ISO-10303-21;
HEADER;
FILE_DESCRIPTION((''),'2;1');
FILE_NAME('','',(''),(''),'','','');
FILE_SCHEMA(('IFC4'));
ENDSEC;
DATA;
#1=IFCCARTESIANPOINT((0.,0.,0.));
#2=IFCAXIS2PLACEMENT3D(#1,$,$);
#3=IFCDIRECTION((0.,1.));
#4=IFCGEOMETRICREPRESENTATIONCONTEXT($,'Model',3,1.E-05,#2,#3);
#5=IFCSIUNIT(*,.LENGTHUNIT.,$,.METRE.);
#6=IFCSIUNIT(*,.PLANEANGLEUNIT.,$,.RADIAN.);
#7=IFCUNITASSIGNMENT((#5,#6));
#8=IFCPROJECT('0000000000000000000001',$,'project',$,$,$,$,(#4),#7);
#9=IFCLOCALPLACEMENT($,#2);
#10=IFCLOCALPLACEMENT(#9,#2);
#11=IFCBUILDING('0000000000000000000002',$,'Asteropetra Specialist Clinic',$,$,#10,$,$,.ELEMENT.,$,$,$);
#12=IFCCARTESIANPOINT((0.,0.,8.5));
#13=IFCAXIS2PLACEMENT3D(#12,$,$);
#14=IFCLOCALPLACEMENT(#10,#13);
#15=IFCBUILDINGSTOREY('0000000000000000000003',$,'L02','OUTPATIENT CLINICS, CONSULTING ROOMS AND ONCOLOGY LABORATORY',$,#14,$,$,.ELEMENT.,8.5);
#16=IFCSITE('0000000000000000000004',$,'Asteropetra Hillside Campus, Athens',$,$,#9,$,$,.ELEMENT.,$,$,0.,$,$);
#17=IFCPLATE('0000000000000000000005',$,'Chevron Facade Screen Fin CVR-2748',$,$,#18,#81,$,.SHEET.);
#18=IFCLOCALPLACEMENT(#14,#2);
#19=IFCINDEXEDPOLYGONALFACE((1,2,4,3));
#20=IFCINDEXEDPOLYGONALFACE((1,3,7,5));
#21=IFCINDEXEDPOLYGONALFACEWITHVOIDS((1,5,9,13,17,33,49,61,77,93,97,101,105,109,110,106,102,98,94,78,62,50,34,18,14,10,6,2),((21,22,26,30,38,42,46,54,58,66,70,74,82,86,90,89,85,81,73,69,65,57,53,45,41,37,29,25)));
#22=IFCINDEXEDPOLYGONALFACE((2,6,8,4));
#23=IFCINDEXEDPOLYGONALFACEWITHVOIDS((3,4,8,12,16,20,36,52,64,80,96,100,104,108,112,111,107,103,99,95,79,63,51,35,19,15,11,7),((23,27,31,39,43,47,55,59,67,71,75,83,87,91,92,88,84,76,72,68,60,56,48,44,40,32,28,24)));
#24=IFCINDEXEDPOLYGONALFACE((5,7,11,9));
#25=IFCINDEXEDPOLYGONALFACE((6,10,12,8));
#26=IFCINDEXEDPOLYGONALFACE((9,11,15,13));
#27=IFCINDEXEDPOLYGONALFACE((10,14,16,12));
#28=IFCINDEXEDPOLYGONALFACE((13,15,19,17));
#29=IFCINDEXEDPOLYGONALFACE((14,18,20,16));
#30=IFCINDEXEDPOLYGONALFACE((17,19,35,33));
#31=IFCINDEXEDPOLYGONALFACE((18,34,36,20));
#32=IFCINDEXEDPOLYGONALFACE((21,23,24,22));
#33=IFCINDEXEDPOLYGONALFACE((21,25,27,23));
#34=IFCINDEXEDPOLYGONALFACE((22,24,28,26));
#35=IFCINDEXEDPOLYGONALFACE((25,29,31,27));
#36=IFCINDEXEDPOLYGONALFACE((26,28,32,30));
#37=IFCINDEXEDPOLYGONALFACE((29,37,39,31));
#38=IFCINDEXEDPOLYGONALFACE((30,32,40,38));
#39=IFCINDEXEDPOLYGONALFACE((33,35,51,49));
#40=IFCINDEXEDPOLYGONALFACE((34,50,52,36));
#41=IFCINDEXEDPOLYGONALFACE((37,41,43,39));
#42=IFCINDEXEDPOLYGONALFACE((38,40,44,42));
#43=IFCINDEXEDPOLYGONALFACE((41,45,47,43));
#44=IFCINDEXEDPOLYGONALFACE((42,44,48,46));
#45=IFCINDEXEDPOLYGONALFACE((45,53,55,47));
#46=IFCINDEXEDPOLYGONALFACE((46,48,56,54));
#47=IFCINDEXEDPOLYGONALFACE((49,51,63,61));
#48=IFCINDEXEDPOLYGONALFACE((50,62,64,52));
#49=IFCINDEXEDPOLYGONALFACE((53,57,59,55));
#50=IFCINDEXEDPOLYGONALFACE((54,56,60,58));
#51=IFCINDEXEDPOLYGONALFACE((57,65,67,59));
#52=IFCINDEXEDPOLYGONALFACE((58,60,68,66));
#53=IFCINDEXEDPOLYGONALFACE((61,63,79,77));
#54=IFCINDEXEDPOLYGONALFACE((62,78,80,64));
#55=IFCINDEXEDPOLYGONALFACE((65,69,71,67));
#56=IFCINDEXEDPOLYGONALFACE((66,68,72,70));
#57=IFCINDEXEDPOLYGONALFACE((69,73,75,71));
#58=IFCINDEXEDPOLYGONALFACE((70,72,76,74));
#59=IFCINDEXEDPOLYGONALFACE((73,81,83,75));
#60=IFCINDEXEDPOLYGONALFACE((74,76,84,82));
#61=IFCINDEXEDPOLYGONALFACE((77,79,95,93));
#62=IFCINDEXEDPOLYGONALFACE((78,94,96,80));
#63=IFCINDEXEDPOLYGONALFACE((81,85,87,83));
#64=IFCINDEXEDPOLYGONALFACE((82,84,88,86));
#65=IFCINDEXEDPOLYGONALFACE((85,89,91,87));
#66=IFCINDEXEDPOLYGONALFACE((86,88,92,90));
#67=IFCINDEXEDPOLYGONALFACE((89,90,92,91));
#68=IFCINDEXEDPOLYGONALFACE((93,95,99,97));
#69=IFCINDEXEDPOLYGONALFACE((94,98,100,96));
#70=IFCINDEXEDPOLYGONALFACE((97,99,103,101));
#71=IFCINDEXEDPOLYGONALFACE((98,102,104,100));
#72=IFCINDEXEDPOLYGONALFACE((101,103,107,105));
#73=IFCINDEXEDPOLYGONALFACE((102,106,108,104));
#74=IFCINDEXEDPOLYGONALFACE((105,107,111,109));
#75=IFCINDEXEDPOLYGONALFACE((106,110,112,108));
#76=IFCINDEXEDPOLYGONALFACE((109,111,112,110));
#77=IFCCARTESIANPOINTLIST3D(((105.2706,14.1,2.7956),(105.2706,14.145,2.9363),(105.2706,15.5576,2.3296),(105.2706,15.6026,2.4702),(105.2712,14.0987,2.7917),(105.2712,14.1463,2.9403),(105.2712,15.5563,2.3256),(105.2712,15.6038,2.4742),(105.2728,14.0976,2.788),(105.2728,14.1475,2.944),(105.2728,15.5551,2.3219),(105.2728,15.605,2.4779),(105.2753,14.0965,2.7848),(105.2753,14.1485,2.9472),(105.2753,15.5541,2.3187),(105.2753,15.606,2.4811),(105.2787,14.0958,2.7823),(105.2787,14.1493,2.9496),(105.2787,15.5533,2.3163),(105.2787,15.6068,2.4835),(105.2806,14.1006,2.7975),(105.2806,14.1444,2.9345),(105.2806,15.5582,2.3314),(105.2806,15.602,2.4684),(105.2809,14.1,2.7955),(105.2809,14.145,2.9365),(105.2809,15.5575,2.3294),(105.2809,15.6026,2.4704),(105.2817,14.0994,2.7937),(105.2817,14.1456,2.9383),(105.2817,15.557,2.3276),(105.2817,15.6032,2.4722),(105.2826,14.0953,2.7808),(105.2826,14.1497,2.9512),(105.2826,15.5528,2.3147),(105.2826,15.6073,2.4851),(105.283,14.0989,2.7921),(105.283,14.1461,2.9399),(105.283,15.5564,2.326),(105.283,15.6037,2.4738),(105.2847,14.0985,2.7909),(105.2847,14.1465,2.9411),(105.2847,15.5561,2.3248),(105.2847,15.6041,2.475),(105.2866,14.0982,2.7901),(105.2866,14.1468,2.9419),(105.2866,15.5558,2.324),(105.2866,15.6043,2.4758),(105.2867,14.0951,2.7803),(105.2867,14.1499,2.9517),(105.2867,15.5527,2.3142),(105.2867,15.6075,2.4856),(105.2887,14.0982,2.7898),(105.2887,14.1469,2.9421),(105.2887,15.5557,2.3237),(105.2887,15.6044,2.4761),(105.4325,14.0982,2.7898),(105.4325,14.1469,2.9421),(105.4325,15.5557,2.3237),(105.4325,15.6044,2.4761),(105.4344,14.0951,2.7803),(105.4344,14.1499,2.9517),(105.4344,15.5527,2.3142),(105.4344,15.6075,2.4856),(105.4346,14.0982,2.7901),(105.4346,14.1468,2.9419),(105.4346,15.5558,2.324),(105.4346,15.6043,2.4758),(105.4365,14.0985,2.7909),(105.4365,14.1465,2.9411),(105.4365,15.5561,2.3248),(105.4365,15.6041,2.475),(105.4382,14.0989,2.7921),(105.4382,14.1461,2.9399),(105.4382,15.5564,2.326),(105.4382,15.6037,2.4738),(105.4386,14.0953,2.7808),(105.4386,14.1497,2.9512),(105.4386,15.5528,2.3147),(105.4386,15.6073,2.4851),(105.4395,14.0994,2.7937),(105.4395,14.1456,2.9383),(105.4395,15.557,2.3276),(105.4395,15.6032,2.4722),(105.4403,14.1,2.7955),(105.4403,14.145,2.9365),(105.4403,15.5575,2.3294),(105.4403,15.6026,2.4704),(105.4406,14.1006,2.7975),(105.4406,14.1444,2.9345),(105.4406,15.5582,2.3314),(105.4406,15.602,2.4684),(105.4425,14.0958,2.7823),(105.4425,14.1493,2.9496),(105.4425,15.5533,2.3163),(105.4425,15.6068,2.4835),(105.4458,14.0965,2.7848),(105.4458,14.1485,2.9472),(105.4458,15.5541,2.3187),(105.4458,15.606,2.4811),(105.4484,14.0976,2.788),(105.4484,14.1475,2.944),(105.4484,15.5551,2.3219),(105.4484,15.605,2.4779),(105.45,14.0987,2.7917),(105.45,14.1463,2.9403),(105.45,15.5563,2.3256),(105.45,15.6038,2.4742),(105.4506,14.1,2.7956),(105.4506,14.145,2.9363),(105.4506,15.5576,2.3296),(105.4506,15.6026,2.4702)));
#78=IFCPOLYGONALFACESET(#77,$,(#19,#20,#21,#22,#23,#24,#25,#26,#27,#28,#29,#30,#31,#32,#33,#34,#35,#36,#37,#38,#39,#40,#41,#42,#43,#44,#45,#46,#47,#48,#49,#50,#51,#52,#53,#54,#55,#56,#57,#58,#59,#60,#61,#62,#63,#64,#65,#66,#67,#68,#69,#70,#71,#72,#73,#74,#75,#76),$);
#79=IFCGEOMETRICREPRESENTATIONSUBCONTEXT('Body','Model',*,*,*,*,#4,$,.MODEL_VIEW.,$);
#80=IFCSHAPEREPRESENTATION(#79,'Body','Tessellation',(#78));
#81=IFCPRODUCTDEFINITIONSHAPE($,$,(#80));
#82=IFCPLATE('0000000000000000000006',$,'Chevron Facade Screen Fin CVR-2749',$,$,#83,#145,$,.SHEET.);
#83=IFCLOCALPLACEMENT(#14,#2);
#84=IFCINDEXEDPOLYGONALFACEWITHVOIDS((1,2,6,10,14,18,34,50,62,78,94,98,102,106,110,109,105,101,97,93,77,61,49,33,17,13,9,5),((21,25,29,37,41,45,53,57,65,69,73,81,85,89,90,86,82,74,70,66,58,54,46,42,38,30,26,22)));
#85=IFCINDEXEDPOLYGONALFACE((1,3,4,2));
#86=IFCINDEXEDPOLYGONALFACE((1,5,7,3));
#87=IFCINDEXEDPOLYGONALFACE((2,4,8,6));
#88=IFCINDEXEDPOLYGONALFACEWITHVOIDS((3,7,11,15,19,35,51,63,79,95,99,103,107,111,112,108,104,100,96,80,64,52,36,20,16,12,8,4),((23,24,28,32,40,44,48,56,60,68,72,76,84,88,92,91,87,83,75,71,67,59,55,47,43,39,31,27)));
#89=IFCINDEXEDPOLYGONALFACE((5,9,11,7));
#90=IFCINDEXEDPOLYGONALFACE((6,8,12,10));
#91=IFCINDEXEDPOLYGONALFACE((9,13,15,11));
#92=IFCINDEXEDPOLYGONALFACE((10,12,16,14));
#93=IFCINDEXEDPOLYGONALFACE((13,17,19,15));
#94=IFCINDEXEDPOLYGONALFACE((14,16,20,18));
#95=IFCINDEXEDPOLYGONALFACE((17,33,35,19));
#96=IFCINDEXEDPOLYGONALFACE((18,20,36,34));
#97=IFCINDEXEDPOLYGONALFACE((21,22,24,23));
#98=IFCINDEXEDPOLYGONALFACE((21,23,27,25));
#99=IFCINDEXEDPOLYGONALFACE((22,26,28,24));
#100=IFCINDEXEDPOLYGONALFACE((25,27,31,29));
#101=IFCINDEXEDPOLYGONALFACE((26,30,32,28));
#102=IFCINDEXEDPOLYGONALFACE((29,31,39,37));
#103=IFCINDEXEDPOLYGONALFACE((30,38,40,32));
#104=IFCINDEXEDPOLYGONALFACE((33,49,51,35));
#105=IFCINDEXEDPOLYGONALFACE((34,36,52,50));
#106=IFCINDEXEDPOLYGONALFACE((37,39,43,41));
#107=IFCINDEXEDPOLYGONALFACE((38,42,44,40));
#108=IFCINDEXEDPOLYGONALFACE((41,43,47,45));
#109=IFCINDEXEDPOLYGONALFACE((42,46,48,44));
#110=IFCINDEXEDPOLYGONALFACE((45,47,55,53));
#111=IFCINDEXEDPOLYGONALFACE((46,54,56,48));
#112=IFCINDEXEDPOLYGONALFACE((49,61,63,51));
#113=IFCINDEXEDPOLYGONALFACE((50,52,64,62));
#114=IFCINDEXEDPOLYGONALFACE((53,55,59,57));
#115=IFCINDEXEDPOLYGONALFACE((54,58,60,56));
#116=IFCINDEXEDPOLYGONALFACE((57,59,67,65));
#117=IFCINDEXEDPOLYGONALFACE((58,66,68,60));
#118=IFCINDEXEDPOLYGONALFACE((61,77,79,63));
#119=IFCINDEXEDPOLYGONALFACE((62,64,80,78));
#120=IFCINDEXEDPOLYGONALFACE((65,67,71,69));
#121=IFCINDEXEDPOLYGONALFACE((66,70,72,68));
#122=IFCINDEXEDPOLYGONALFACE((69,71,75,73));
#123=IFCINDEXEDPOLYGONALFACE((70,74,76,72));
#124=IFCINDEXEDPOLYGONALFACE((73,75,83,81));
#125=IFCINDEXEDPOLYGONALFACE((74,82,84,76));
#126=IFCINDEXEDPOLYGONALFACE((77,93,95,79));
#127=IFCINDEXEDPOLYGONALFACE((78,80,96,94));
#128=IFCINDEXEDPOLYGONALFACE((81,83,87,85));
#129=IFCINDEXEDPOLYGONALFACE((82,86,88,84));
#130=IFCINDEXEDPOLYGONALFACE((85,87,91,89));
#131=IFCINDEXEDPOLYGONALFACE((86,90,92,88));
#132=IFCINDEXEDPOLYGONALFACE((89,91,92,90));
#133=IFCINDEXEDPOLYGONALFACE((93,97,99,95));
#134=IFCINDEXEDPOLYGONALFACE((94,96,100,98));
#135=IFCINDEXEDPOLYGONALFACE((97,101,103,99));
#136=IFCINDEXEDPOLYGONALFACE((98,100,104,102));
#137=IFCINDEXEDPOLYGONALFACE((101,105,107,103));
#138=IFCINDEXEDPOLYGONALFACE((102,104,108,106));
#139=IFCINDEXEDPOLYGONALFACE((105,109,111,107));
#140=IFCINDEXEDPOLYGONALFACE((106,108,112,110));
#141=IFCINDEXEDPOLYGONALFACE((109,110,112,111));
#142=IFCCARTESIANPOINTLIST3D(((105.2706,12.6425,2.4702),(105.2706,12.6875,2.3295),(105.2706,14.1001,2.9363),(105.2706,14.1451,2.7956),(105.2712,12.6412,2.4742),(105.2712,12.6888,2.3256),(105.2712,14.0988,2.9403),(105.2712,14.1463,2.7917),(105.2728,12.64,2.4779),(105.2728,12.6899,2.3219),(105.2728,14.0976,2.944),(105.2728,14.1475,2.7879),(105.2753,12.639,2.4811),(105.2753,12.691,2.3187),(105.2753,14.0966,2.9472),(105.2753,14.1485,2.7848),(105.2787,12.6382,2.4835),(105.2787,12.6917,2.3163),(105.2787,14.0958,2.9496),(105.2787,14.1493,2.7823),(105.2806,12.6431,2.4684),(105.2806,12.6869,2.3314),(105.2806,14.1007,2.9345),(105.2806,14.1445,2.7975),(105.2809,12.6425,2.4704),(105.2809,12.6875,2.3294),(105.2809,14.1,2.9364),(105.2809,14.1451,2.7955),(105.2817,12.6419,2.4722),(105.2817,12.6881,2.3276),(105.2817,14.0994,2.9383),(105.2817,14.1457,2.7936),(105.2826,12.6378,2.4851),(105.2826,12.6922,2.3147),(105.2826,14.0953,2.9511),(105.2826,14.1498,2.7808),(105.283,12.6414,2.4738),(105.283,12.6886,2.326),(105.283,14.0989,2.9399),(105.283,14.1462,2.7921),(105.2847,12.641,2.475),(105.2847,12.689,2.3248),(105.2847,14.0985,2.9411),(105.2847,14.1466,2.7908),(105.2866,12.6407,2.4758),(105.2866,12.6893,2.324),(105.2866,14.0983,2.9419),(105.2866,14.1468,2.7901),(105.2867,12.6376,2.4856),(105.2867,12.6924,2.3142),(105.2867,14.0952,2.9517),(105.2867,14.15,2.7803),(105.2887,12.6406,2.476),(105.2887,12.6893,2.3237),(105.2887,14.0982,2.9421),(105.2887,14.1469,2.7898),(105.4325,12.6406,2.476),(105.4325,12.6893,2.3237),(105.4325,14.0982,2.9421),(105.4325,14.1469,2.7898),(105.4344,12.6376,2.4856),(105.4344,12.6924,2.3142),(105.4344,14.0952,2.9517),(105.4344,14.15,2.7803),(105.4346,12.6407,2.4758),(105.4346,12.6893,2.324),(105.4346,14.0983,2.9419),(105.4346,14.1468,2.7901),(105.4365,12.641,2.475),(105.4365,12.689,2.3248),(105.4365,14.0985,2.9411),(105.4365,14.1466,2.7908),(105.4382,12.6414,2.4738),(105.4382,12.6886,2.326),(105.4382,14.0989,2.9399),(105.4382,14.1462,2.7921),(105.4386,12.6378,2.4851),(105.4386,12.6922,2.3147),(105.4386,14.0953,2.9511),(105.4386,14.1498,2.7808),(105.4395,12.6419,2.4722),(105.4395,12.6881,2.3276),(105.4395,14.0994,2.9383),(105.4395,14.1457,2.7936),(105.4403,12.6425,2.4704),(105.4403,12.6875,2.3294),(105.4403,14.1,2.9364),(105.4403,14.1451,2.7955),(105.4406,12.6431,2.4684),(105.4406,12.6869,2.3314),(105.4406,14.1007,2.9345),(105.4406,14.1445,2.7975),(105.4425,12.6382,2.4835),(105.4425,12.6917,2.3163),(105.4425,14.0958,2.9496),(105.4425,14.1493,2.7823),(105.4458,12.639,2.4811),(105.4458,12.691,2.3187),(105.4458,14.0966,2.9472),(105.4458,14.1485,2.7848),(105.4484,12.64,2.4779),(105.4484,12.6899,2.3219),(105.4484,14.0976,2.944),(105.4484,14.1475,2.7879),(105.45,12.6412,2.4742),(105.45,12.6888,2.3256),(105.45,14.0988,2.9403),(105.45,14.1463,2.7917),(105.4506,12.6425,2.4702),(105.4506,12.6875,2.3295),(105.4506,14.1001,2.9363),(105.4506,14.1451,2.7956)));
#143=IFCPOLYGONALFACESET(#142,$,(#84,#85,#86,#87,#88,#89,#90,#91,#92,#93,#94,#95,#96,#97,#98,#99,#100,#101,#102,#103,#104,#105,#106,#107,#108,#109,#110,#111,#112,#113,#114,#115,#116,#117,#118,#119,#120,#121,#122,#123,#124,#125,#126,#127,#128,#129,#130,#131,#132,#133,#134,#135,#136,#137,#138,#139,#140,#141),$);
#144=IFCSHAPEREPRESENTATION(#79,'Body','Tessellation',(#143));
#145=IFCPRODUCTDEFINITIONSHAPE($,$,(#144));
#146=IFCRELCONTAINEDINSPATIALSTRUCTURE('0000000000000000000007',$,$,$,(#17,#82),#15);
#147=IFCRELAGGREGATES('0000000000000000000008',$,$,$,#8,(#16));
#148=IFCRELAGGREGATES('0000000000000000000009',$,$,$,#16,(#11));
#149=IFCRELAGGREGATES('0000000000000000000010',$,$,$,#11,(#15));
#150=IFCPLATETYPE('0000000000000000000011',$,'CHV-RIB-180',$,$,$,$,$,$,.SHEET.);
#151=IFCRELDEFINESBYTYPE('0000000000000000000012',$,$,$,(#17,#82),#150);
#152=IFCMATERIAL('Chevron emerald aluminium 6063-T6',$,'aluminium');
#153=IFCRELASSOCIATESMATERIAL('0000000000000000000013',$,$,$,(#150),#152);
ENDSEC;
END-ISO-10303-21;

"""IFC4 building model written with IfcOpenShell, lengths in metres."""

from ifc_helpers import new_model, si_unit, direction, frame, origin, origin_2d, place, context, subcontext, project, spatial, hollow_rectangle, extrude, material, material_profile, profile_set, type_object, element, save


model = new_model("IFC4")

# Units and contexts
model_context = context("Model", 3, precision=1e-05, world=origin(), true_north=direction((0.0, 1.0)))
body_context = subcontext(model_context, "Body", "Model", "MODEL_VIEW")
ifc_project = project(units=[si_unit("LENGTHUNIT", "METRE"), si_unit("PLANEANGLEUNIT", "RADIAN")], contexts=[model_context])

# Site, building, storey
site_placement = place(None, origin())
site = spatial("IfcSite", under=ifc_project, at=site_placement, Name="Asteropetra Hillside Campus, Athens", CompositionType="ELEMENT", RefElevation=0.0)
building_placement = place(site_placement, origin())
building = spatial("IfcBuilding", under=site, at=building_placement, Name="Asteropetra Specialist Clinic", CompositionType="ELEMENT")
storey_placement = place(building_placement, frame((0.0, 0.0, 8.5)))
storey = spatial("IfcBuildingStorey", under=building, at=storey_placement, Name="L02", Description="OUTPATIENT CLINICS, CONSULTING ROOMS AND ONCOLOGY LABORATORY", CompositionType="ELEMENT", Elevation=8.5)

# Plates
ifc_material_1 = material(Name="Chevron emerald aluminium 6063-T6", Category="aluminium")
ifc_material_profile = material_profile(ifc_material_1, hollow_rectangle(XDim=0.1799, YDim=0.1799, WallThickness=0.01, InnerFilletRadius=0.0081, OuterFilletRadius=0.0161, at=origin_2d()), Name="SHS 180x180x10.0")
ifc_profile_set = profile_set([ifc_material_profile], Name="Chevron emerald aluminium 6063-T6")
plate_type = type_object("IfcPlateType", Name="CHV-RIB-180", PredefinedType="SHEET", material=ifc_profile_set)
for number, where, z_axis, x_axis, name in (
    (1, (105.3606, 15.5801, 2.3999), (0.0, -0.952489, 0.304573), (1.0, 0.0, 0.0), "Chevron Facade Screen Fin CVR-2748"),
    (2, (105.3606, 14.1226, 2.866), (0.0, -0.952489, -0.304573), (1.0, 0.0, 0.0), "Chevron Facade Screen Fin CVR-2749"),
):
    element("IfcPlate", number, at=place(storey_placement, frame(where, z_axis=z_axis, x_axis=x_axis)), inside=storey, type_object=plate_type, Name=name, PredefinedType="SHEET", context=body_context, shape_type="SweptSolid", body=[
        extrude(hollow_rectangle(XDim=0.1799, YDim=0.1799, WallThickness=0.01, InnerFilletRadius=0.0081, OuterFilletRadius=0.0161, at=origin_2d()), origin(), (0.0, 0.0, 1.0), 1.5303),
    ])

save(model, "model.ifc")
